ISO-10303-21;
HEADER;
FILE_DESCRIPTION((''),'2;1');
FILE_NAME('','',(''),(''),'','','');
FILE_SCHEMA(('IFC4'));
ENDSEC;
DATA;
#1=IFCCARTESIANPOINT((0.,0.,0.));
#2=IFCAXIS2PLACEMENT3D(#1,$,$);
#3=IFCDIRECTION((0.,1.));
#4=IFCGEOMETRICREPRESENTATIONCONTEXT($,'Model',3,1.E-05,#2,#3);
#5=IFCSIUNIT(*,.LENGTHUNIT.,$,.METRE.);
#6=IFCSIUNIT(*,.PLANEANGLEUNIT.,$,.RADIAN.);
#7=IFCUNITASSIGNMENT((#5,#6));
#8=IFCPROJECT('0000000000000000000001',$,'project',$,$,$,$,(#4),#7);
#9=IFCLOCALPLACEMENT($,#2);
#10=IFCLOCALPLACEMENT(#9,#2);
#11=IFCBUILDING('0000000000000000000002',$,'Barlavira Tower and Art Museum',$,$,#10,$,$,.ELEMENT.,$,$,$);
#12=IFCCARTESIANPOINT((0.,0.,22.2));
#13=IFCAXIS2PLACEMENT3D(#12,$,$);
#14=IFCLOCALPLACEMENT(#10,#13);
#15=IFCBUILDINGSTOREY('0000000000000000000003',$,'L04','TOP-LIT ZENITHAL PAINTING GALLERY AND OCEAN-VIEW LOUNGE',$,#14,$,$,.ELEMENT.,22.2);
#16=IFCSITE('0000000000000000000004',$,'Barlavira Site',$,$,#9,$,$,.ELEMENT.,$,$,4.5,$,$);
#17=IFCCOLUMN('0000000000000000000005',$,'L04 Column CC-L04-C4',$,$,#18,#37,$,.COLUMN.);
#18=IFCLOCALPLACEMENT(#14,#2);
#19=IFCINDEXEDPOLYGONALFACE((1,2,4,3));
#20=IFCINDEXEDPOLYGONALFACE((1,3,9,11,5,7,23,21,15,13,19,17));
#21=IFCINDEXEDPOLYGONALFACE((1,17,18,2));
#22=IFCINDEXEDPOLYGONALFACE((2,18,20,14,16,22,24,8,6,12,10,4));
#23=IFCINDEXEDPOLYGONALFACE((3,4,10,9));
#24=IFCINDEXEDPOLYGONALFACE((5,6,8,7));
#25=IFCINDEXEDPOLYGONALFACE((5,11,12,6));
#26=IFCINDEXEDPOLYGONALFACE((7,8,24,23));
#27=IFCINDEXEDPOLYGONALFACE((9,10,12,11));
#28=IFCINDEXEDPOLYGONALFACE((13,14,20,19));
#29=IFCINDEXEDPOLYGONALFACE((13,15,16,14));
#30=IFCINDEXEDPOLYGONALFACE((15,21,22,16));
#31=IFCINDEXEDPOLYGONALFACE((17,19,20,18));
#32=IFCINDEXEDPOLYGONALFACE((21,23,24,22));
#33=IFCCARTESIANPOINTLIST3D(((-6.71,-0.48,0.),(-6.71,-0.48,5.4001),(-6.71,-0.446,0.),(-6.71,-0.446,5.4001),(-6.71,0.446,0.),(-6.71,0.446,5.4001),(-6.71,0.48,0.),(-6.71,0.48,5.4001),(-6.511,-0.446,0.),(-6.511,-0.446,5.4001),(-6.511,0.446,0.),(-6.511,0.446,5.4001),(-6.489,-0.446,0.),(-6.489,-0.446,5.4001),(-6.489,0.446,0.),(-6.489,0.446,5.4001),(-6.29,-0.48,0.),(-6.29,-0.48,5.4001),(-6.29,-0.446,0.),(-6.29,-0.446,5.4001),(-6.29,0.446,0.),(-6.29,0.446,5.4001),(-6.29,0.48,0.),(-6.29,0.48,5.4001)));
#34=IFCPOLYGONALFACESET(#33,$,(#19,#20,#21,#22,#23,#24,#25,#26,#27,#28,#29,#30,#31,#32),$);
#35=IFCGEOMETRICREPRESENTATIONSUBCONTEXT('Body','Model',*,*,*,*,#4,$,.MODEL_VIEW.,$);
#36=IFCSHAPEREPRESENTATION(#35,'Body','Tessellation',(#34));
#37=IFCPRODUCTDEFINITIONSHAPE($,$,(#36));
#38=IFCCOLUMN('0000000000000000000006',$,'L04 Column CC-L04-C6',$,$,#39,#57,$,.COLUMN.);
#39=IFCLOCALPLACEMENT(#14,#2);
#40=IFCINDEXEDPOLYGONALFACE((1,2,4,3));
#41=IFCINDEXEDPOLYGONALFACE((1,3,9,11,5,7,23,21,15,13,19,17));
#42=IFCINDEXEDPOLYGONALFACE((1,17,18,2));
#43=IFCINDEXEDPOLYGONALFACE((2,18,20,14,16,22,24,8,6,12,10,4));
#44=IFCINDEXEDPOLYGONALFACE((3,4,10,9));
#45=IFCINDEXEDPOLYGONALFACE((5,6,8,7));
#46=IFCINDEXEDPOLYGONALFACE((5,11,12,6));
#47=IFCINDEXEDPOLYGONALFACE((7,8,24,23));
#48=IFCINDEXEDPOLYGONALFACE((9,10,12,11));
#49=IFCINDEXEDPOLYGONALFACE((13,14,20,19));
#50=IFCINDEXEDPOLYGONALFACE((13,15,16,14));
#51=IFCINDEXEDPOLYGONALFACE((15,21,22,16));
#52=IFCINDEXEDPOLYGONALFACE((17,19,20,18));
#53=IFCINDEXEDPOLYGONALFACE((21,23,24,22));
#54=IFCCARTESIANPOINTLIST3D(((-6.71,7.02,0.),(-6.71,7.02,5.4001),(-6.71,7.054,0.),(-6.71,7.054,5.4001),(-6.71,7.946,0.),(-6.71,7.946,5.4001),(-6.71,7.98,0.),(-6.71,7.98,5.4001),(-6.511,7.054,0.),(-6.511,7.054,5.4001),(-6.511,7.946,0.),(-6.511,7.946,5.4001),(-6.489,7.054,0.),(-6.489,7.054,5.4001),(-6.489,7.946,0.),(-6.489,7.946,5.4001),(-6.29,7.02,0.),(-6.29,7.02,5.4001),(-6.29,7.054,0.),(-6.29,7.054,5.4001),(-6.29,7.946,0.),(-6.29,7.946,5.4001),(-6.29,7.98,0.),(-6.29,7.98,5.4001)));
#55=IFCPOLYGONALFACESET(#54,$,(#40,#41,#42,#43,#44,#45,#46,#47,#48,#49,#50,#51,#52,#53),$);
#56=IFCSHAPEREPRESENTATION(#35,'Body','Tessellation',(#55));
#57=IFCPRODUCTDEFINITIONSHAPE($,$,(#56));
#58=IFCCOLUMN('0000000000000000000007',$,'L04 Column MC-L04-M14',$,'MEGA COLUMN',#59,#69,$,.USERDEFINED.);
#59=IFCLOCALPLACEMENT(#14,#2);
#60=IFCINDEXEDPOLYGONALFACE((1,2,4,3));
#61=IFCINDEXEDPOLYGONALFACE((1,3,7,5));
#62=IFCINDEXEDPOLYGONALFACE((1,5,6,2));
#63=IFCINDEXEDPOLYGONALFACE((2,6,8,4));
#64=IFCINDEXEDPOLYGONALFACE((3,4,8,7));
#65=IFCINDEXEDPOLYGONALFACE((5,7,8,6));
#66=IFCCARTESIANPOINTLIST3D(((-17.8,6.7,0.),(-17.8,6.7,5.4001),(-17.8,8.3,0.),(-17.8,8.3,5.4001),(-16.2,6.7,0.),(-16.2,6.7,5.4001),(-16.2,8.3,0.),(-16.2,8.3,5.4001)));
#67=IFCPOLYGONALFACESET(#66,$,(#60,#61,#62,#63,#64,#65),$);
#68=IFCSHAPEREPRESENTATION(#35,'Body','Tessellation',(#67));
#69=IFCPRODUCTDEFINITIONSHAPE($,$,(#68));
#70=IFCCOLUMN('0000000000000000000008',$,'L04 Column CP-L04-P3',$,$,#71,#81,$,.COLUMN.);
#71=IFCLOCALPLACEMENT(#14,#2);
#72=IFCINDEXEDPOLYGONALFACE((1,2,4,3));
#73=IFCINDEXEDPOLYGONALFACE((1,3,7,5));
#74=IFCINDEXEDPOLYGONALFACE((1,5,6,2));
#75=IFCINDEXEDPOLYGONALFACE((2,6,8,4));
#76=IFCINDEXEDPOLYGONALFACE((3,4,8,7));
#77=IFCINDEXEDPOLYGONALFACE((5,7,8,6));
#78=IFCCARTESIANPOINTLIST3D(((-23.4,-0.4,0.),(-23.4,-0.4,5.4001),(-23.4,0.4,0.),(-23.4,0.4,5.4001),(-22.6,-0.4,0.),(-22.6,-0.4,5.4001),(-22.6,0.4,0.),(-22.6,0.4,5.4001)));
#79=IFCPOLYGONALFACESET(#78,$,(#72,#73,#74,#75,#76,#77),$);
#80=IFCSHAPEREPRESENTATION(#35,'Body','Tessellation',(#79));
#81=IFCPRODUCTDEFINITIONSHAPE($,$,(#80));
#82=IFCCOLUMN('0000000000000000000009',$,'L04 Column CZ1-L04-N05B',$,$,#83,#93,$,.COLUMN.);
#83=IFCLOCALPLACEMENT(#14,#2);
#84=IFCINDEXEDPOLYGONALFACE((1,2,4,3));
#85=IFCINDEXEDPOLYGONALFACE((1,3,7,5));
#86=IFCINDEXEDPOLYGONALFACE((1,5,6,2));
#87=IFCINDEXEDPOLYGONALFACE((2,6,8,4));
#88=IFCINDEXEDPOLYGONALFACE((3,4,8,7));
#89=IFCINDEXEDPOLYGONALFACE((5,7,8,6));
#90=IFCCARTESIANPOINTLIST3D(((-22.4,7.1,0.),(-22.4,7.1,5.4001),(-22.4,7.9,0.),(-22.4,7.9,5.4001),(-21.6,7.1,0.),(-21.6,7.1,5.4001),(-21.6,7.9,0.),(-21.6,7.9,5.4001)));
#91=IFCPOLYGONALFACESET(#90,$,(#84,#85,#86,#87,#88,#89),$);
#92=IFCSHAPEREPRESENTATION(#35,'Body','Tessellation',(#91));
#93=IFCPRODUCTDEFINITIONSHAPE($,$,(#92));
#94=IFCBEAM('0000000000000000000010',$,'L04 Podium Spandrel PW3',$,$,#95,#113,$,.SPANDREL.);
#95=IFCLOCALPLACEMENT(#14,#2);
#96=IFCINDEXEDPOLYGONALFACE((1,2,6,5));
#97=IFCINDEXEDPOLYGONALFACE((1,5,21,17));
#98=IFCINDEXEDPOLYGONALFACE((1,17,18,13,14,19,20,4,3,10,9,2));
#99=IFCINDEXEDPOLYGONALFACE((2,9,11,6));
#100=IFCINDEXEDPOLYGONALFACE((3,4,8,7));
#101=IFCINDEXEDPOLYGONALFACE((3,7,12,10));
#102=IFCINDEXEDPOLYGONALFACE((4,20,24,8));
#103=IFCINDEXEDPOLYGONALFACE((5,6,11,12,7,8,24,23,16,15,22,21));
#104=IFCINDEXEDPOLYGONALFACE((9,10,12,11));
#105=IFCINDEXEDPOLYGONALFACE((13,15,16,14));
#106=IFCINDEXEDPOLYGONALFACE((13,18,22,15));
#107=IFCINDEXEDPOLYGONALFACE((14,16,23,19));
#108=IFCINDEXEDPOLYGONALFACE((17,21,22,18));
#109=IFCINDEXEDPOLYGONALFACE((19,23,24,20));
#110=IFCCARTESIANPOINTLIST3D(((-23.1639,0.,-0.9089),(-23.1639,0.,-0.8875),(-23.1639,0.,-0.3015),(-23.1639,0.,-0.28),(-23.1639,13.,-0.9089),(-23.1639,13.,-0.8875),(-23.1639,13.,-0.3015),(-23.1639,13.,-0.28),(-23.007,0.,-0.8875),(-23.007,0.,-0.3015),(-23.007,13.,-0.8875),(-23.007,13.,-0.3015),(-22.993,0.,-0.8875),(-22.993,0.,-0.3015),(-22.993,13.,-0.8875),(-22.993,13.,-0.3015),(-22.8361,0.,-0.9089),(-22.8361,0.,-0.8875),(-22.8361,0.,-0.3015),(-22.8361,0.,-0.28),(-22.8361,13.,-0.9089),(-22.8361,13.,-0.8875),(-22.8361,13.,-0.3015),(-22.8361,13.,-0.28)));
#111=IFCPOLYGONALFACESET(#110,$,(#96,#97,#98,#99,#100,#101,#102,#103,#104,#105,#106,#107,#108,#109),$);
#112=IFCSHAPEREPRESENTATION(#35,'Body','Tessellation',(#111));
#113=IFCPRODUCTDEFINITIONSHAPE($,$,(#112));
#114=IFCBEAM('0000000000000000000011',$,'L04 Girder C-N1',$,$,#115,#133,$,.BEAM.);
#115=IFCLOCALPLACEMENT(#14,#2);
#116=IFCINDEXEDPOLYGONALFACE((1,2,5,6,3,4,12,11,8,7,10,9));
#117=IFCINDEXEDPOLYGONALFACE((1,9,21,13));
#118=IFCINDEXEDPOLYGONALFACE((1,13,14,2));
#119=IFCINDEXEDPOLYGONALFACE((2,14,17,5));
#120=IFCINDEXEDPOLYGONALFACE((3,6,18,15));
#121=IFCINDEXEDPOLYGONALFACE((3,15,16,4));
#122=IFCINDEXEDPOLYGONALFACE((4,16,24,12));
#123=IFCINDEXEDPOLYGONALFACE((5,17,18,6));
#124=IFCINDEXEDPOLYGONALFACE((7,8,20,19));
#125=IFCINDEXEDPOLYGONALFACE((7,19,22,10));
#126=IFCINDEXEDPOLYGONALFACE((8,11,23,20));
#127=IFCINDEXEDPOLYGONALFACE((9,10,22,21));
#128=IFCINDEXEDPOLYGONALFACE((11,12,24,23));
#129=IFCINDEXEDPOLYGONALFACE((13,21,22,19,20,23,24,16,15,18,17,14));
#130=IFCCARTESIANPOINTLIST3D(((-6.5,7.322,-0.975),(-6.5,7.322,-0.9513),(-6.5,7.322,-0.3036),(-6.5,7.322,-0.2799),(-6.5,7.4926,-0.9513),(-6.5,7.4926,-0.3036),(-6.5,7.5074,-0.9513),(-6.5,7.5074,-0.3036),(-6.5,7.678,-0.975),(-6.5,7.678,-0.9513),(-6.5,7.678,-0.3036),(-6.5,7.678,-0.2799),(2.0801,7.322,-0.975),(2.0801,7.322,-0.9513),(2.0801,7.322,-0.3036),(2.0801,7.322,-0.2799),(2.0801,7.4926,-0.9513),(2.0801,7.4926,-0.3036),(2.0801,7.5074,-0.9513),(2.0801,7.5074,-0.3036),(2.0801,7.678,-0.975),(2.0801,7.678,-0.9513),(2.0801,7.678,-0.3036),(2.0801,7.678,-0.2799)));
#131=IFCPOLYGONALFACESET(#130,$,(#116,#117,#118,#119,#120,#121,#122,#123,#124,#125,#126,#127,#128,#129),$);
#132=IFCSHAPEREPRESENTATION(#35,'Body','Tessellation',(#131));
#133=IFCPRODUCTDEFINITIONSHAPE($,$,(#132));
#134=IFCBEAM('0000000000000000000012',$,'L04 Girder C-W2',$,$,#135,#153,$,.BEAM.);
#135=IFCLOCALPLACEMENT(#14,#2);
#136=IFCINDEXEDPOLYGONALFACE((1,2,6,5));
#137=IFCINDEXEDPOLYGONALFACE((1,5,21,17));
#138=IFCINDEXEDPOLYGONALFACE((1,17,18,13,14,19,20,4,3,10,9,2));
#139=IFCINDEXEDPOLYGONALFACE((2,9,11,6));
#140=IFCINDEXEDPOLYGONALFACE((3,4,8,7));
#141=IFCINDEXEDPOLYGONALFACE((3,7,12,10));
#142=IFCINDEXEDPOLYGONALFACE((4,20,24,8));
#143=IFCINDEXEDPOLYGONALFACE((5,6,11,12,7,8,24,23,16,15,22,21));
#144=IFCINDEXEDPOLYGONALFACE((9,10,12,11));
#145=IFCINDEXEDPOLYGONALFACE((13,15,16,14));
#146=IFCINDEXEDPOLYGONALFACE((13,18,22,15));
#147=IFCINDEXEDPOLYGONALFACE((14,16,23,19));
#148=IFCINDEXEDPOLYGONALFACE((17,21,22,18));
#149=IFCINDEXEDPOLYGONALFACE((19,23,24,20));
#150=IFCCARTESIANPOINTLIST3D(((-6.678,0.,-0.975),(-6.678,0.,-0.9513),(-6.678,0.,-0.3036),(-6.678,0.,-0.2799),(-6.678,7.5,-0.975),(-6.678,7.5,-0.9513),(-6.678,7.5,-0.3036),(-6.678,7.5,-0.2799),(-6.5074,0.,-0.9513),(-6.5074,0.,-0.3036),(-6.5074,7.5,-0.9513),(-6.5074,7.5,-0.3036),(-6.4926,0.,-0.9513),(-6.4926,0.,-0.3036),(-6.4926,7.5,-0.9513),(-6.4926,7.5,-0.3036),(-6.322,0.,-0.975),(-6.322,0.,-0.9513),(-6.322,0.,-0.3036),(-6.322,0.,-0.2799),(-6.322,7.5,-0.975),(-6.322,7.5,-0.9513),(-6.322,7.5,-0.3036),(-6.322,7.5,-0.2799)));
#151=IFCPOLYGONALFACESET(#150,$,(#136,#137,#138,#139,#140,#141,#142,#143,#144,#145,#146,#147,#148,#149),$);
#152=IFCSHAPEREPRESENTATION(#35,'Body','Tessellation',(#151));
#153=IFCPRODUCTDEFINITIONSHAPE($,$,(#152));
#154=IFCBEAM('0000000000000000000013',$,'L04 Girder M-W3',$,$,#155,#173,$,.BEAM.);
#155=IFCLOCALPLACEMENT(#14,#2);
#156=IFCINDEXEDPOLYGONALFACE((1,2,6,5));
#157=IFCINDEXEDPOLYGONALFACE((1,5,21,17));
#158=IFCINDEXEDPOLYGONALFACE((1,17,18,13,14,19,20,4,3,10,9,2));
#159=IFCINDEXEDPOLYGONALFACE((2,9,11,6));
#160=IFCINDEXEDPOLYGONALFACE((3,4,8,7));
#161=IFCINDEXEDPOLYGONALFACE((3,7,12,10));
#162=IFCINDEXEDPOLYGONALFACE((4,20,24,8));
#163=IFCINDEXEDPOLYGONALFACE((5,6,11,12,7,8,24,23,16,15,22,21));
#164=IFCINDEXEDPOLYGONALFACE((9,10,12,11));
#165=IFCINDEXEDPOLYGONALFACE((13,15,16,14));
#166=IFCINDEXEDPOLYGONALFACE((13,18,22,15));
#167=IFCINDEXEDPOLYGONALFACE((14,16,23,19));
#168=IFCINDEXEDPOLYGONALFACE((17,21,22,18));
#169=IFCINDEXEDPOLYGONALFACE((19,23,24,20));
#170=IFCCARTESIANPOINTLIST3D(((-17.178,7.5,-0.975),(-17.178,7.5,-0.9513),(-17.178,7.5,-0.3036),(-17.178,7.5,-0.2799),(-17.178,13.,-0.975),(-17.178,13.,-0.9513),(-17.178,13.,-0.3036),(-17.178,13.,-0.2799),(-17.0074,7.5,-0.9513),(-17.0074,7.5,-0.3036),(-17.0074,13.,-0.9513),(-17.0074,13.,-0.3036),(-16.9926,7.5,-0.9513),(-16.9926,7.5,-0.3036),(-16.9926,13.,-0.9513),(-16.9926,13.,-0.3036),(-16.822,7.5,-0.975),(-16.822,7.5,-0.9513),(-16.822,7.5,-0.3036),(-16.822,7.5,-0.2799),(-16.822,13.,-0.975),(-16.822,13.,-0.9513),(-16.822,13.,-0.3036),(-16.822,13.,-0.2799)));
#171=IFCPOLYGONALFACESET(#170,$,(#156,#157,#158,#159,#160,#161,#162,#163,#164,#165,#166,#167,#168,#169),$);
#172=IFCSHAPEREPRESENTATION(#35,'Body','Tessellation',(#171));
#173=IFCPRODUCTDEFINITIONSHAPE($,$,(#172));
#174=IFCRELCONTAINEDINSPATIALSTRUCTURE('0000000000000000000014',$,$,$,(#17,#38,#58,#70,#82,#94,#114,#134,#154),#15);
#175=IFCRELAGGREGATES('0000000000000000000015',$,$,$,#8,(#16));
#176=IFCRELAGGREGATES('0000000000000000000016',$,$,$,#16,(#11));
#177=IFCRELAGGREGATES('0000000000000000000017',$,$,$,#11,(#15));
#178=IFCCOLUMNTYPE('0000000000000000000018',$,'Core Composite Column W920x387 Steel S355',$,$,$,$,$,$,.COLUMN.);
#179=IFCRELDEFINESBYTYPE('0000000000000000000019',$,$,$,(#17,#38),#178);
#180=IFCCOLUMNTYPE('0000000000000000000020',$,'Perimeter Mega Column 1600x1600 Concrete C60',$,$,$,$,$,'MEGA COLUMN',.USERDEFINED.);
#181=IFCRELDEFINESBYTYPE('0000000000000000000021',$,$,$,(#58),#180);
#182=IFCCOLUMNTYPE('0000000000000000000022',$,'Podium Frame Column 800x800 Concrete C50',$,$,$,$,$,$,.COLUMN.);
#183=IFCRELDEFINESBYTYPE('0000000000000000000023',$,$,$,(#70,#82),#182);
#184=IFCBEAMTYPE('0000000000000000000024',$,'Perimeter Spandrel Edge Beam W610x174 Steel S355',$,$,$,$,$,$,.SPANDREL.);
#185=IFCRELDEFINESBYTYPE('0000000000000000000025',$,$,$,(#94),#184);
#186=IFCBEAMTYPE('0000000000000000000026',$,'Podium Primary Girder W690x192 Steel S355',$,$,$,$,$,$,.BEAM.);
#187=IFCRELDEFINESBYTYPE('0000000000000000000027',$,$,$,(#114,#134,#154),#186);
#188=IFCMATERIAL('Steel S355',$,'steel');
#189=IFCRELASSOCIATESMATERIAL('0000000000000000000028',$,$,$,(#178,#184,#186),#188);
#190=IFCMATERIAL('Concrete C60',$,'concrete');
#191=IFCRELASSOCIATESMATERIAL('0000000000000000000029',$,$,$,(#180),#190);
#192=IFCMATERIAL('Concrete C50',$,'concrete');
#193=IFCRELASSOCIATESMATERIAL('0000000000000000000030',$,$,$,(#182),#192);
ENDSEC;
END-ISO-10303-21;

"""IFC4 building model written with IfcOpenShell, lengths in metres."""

from ifc_helpers import new_model, si_unit, direction, frame, origin, origin_2d, place, context, subcontext, project, spatial, rectangle, i_section, extrude, material, material_profile, profile_set, type_object, element, save


model = new_model("IFC4")

# Units and contexts
model_context = context("Model", 3, precision=1e-05, world=origin(), true_north=direction((0.0, 1.0)))
body_context = subcontext(model_context, "Body", "Model", "MODEL_VIEW")
ifc_project = project(units=[si_unit("LENGTHUNIT", "METRE"), si_unit("PLANEANGLEUNIT", "RADIAN")], contexts=[model_context])

# Site, building, storey
site_placement = place(None, origin())
site = spatial("IfcSite", under=ifc_project, at=site_placement, Name="Barlavira Site", CompositionType="ELEMENT", RefElevation=4.5)
building_placement = place(site_placement, origin())
building = spatial("IfcBuilding", under=site, at=building_placement, Name="Barlavira Tower and Art Museum", CompositionType="ELEMENT")
storey_placement = place(building_placement, frame((0.0, 0.0, 22.2)))
storey = spatial("IfcBuildingStorey", under=building, at=storey_placement, Name="L04", Description="TOP-LIT ZENITHAL PAINTING GALLERY AND OCEAN-VIEW LOUNGE", CompositionType="ELEMENT", Elevation=22.2)

# Columns
ifc_material_1 = material(Name="Steel S355", Category="steel")
ifc_material_profile_1 = material_profile(ifc_material_1, i_section(OverallWidth=0.4199, OverallDepth=0.96, WebThickness=0.022, FlangeThickness=0.0339, at=origin_2d()), Name="W920x387.0")
ifc_profile_set_1 = profile_set([ifc_material_profile_1], Name="Steel S355")
column_type_1 = type_object("IfcColumnType", Name="Core Composite Column W920x387 Steel S355", PredefinedType="COLUMN", material=ifc_profile_set_1)
for number, where, z_axis, x_axis, name in (
    (1, (-6.5, 0.0, 0.0), (0.0, 0.0, 1.0), (1.0, 0.0, 0.0), "L04 Column CC-L04-C4"),
    (2, (-6.5, 7.5, 0.0), (0.0, 0.0, 1.0), (1.0, 0.0, 0.0), "L04 Column CC-L04-C6"),
):
    element("IfcColumn", number, at=place(storey_placement, frame(where, z_axis=z_axis, x_axis=x_axis)), inside=storey, type_object=column_type_1, Name=name, PredefinedType="COLUMN", context=body_context, shape_type="SweptSolid", body=[
        extrude(i_section(OverallWidth=0.4199, OverallDepth=0.96, WebThickness=0.022, FlangeThickness=0.0339, at=origin_2d()), origin(), (0.0, 0.0, 1.0), 5.4001),
    ])
ifc_material_2 = material(Name="Concrete C60", Category="concrete")
ifc_material_profile_2 = material_profile(ifc_material_2, rectangle(XDim=1.6001, YDim=1.6001, at=origin_2d()), Name="RC-MCOL 1600x1600")
ifc_profile_set_2 = profile_set([ifc_material_profile_2], Name="Concrete C60")
column_type_2 = type_object("IfcColumnType", Name="Perimeter Mega Column 1600x1600 Concrete C60", ElementType="MEGA COLUMN", PredefinedType="USERDEFINED", material=ifc_profile_set_2)
column_placement = place(storey_placement, frame((-17.0, 7.5, 0.0), z_axis=(0.0, 0.0, 1.0), x_axis=(1.0, 0.0, 0.0)))
element("IfcColumn", 3, at=column_placement, inside=storey, type_object=column_type_2, Name="L04 Column MC-L04-M14", ObjectType="MEGA COLUMN", PredefinedType="USERDEFINED", context=body_context, shape_type="SweptSolid", body=[
    extrude(rectangle(XDim=1.6001, YDim=1.6001, at=origin_2d()), origin(), (0.0, 0.0, 1.0), 5.4001),
])
ifc_material_3 = material(Name="Concrete C50", Category="concrete")
ifc_material_profile_3 = material_profile(ifc_material_3, rectangle(XDim=0.8, YDim=0.8, at=origin_2d()), Name="RC-COL 800x800")
ifc_profile_set_3 = profile_set([ifc_material_profile_3], Name="Concrete C50")
column_type_3 = type_object("IfcColumnType", Name="Podium Frame Column 800x800 Concrete C50", PredefinedType="COLUMN", material=ifc_profile_set_3)
for number, where, z_axis, x_axis, name in (
    (4, (-23.0, 0.0, 0.0), (0.0, 0.0, 1.0), (1.0, 0.0, 0.0), "L04 Column CP-L04-P3"),
    (5, (-22.0, 7.5, 0.0), (0.0, 0.0, 1.0), (1.0, 0.0, 0.0), "L04 Column CZ1-L04-N05B"),
):
    element("IfcColumn", number, at=place(storey_placement, frame(where, z_axis=z_axis, x_axis=x_axis)), inside=storey, type_object=column_type_3, Name=name, PredefinedType="COLUMN", context=body_context, shape_type="SweptSolid", body=[
        extrude(rectangle(XDim=0.8, YDim=0.8, at=origin_2d()), origin(), (0.0, 0.0, 1.0), 5.4001),
    ])

# Beams
ifc_material_profile_4 = material_profile(ifc_material_1, i_section(OverallWidth=0.3279, OverallDepth=0.6289, WebThickness=0.0139, FlangeThickness=0.0215, at=origin_2d()), Name="W610x174.0")
ifc_profile_set_4 = profile_set([ifc_material_profile_4], Name="Steel S355")
beam_type_1 = type_object("IfcBeamType", Name="Perimeter Spandrel Edge Beam W610x174 Steel S355", PredefinedType="SPANDREL", material=ifc_profile_set_4)
beam_1_placement = place(storey_placement, frame((-23.0, 0.0, -0.5945), z_axis=(0.0, 1.0, 0.0), x_axis=(-1.0, 0.0, 0.0)))
element("IfcBeam", 6, at=beam_1_placement, inside=storey, type_object=beam_type_1, Name="L04 Podium Spandrel PW3", PredefinedType="SPANDREL", context=body_context, shape_type="SweptSolid", body=[
    extrude(i_section(OverallWidth=0.3279, OverallDepth=0.6289, WebThickness=0.0139, FlangeThickness=0.0215, at=origin_2d()), origin(), (0.0, 0.0, 1.0), 13.0),
])
ifc_material_profile_5 = material_profile(ifc_material_1, i_section(OverallWidth=0.356, OverallDepth=0.6951, WebThickness=0.0149, FlangeThickness=0.0237, at=origin_2d()), Name="W690x192.0")
ifc_profile_set_5 = profile_set([ifc_material_profile_5], Name="Steel S355")
beam_type_2 = type_object("IfcBeamType", Name="Podium Primary Girder W690x192 Steel S355", PredefinedType="BEAM", material=ifc_profile_set_5)
beam_2_placement = place(storey_placement, frame((-6.5, 7.5, -0.6274), z_axis=(1.0, 0.0, 0.0), x_axis=(0.0, 1.0, 0.0)))
element("IfcBeam", 7, at=beam_2_placement, inside=storey, type_object=beam_type_2, Name="L04 Girder C-N1", PredefinedType="BEAM", context=body_context, shape_type="SweptSolid", body=[
    extrude(i_section(OverallWidth=0.356, OverallDepth=0.6951, WebThickness=0.0149, FlangeThickness=0.0237, at=origin_2d()), origin(), (0.0, 0.0, 1.0), 8.5801),
])
beam_3_placement = place(storey_placement, frame((-6.5, 0.0, -0.6274), z_axis=(0.0, 1.0, 0.0), x_axis=(-1.0, 0.0, 0.0)))
element("IfcBeam", 8, at=beam_3_placement, inside=storey, type_object=beam_type_2, Name="L04 Girder C-W2", PredefinedType="BEAM", context=body_context, shape_type="SweptSolid", body=[
    extrude(i_section(OverallWidth=0.356, OverallDepth=0.6951, WebThickness=0.0149, FlangeThickness=0.0237, at=origin_2d()), origin(), (0.0, 0.0, 1.0), 7.5),
])
beam_4_placement = place(storey_placement, frame((-17.0, 7.5, -0.6274), z_axis=(0.0, 1.0, 0.0), x_axis=(-1.0, 0.0, 0.0)))
element("IfcBeam", 9, at=beam_4_placement, inside=storey, type_object=beam_type_2, Name="L04 Girder M-W3", PredefinedType="BEAM", context=body_context, shape_type="SweptSolid", body=[
    extrude(i_section(OverallWidth=0.356, OverallDepth=0.6951, WebThickness=0.0149, FlangeThickness=0.0237, at=origin_2d()), origin(), (0.0, 0.0, 1.0), 5.5),
])

save(model, "model.ifc")
